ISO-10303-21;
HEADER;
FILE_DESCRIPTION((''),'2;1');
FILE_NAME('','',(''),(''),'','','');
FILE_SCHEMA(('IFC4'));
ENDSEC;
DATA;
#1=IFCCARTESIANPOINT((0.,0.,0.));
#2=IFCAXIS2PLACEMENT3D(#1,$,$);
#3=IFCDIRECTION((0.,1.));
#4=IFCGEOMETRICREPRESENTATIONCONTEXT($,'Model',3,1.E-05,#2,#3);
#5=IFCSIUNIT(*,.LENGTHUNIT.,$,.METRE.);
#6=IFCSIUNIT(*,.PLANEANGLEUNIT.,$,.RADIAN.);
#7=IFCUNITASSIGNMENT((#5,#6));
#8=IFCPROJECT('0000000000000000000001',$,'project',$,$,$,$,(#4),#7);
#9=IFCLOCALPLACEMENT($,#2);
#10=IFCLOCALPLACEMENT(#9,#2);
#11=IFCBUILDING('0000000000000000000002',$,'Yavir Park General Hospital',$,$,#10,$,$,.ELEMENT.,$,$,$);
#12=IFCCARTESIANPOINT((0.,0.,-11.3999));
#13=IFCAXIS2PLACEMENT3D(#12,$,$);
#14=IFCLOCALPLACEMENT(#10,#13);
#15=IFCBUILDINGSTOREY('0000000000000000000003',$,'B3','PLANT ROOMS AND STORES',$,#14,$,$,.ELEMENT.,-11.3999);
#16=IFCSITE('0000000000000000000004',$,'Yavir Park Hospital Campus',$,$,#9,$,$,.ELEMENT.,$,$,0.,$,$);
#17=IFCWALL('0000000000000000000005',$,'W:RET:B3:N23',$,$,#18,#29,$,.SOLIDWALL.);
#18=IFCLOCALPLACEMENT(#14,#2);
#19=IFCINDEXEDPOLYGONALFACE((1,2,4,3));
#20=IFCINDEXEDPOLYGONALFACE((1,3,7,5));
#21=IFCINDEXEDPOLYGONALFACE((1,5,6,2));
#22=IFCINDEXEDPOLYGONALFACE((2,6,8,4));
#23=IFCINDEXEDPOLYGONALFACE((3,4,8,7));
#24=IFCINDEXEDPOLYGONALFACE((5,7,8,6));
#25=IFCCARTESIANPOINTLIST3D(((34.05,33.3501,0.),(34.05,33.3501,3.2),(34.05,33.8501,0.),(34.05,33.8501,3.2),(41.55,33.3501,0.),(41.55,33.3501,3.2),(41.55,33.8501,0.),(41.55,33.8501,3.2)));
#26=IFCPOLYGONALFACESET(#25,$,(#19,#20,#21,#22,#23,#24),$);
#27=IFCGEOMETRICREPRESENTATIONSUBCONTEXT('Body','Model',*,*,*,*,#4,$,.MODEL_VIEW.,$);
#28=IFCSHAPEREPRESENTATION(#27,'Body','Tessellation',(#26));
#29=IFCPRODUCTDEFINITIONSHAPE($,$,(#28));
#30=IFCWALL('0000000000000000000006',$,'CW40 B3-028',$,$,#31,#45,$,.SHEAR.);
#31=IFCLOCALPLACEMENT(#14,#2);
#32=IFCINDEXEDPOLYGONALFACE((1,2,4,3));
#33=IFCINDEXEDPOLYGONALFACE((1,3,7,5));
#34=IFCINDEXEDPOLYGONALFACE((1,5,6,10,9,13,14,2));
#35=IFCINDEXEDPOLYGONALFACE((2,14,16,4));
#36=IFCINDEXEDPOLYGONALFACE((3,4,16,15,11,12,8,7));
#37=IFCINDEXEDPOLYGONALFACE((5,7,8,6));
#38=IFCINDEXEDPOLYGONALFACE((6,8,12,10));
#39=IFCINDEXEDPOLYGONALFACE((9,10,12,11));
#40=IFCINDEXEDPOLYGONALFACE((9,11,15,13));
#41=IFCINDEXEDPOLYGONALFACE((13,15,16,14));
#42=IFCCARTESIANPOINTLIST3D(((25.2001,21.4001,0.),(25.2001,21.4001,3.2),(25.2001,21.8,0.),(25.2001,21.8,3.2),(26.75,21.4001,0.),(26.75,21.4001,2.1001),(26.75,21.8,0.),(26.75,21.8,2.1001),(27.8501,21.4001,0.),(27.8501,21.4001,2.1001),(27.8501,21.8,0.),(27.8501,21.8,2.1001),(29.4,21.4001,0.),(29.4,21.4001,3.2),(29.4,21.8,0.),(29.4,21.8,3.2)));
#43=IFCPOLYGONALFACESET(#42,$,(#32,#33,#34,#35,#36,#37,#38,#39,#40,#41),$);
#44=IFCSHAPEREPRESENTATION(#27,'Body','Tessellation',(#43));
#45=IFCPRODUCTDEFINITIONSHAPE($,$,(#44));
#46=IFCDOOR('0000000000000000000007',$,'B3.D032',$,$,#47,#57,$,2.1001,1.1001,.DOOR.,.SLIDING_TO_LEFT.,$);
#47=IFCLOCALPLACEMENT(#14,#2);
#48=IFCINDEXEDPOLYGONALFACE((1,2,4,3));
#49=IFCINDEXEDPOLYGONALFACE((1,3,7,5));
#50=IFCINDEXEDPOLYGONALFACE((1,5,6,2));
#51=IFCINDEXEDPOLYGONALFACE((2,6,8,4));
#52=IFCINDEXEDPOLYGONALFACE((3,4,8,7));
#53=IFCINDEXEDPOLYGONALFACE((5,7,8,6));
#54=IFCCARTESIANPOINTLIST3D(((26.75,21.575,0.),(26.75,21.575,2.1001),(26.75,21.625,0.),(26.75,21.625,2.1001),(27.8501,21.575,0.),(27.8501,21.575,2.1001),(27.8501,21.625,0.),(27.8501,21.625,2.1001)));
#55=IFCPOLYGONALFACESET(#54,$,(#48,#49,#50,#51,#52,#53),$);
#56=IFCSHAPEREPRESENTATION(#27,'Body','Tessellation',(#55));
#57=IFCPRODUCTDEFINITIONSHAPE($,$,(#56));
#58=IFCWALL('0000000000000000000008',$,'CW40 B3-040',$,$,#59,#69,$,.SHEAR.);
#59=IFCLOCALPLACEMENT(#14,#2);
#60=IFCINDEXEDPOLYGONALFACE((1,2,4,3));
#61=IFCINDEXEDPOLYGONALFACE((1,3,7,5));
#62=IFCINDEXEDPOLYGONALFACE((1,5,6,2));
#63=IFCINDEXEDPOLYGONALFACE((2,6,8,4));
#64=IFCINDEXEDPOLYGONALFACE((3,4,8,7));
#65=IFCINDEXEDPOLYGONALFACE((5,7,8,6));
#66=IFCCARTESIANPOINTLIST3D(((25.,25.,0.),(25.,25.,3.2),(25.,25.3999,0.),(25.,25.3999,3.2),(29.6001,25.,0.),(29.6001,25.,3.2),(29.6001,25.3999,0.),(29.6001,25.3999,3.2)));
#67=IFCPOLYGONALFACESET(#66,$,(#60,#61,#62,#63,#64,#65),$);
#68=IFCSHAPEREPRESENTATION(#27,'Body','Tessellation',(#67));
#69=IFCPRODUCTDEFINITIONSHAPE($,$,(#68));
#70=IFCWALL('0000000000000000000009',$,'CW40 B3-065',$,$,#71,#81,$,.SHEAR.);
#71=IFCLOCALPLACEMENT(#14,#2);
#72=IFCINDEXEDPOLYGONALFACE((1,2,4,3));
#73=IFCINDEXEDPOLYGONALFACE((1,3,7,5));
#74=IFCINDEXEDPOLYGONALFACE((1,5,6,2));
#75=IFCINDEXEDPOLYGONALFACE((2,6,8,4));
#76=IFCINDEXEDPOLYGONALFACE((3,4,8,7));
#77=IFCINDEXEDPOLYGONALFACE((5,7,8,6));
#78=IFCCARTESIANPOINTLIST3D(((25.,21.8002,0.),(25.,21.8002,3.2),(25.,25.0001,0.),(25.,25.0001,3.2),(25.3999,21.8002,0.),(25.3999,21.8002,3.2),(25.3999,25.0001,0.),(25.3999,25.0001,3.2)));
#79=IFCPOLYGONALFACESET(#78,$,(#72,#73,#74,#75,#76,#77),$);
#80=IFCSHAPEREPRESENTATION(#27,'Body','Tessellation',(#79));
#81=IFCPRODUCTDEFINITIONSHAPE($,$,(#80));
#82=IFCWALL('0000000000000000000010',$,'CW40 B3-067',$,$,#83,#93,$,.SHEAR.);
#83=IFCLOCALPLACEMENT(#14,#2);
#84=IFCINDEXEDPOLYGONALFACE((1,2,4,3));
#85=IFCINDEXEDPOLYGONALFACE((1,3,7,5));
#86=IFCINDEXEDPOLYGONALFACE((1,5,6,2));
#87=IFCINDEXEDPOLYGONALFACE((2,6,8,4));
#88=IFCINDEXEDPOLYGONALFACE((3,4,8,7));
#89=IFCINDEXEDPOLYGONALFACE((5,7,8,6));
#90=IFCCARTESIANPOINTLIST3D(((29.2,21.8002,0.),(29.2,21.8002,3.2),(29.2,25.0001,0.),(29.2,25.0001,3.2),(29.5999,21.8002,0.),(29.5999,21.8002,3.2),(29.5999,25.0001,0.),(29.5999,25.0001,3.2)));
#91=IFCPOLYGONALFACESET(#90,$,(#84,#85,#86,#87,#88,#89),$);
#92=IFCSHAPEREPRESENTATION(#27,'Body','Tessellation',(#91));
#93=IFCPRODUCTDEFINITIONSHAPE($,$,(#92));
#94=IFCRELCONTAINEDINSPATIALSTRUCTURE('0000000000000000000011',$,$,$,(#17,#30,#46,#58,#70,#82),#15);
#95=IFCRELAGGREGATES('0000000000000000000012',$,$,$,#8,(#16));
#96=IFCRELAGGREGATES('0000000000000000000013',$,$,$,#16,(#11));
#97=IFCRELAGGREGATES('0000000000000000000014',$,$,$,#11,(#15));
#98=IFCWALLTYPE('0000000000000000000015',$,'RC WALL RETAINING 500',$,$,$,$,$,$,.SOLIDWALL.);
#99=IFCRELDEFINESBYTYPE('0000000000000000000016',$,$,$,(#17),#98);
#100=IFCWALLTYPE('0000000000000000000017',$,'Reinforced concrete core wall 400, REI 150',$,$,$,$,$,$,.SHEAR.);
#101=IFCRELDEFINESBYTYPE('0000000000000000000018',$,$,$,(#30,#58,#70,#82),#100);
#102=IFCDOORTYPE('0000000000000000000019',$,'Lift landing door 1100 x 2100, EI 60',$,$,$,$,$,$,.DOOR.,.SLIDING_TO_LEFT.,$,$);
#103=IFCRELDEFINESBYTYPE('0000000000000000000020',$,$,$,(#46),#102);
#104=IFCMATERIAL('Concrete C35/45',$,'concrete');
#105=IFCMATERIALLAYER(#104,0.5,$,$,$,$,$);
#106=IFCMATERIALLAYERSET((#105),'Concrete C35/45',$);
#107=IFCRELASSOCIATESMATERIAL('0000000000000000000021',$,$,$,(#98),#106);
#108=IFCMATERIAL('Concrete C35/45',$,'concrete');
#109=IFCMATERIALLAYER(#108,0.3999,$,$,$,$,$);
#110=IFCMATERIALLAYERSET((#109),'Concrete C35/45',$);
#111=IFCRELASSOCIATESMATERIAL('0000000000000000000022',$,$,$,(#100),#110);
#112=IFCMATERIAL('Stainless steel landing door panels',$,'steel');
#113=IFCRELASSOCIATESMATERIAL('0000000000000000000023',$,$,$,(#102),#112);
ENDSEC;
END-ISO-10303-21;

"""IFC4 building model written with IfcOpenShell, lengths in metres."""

from ifc_helpers import new_model, si_unit, direction, frame, frame_2d, origin, place, context, subcontext, project, spatial, rectangle, extrude, material, layer, layer_set, type_object, element, fill, save


model = new_model("IFC4")

# Units and contexts
model_context = context("Model", 3, precision=1e-05, world=origin(), true_north=direction((0.0, 1.0)))
body_context = subcontext(model_context, "Body", "Model", "MODEL_VIEW")
ifc_project = project(units=[si_unit("LENGTHUNIT", "METRE"), si_unit("PLANEANGLEUNIT", "RADIAN")], contexts=[model_context])

# Site, building, storey
site_placement = place(None, origin())
site = spatial("IfcSite", under=ifc_project, at=site_placement, Name="Yavir Park Hospital Campus", CompositionType="ELEMENT", RefElevation=0.0)
building_placement = place(site_placement, origin())
building = spatial("IfcBuilding", under=site, at=building_placement, Name="Yavir Park General Hospital", CompositionType="ELEMENT")
storey_placement = place(building_placement, frame((0.0, 0.0, -11.3999)))
storey = spatial("IfcBuildingStorey", under=building, at=storey_placement, Name="B3", Description="PLANT ROOMS AND STORES", CompositionType="ELEMENT", Elevation=-11.3999)

# Wall
ifc_material_1 = material(Name="Concrete C35/45", Category="concrete")
ifc_layer_1 = layer(ifc_material_1, 0.5)
ifc_layer_set_1 = layer_set([ifc_layer_1], Name="Concrete C35/45")
wall_type_1 = type_object("IfcWallType", Name="RC WALL RETAINING 500", PredefinedType="SOLIDWALL", material=ifc_layer_set_1)
for number, where, z_axis, x_axis, name in (
    (1, (34.05, 33.6001, 0.0), (0.0, 0.0, 1.0), (1.0, 0.0, 0.0), "W:RET:B3:N23"),
):
    element("IfcWall", number, at=place(storey_placement, frame(where, z_axis=z_axis, x_axis=x_axis)), inside=storey, type_object=wall_type_1, Name=name, PredefinedType="SOLIDWALL", context=body_context, shape_type="SweptSolid", body=[
        extrude(rectangle(XDim=7.5, YDim=0.5, at=frame_2d((3.75, 0.0))), origin(), (0.0, 0.0, 1.0), 3.2),
    ])

# Wall, opening, door
ifc_material_2 = material(Name="Concrete C35/45", Category="concrete")
ifc_layer_2 = layer(ifc_material_2, 0.3999)
ifc_layer_set_2 = layer_set([ifc_layer_2], Name="Concrete C35/45")
wall_type_2 = type_object("IfcWallType", Name="Reinforced concrete core wall 400, REI 150", PredefinedType="SHEAR", material=ifc_layer_set_2)
wall_1_placement = place(storey_placement, frame((25.2, 21.6001, 0.0), z_axis=(0.0, 0.0, 1.0), x_axis=(1.0, 0.0, 0.0)))
wall_1 = element("IfcWall", 2, at=wall_1_placement, inside=storey, type_object=wall_type_2, Name="CW40 B3-028", PredefinedType="SHEAR", context=body_context, shape_type="SweptSolid", body=[
    extrude(rectangle(XDim=4.2, YDim=0.3999, at=frame_2d((2.1001, 0.0))), origin(), (0.0, 0.0, 1.0), 3.2),
])
opening_1_placement = place(wall_1_placement, frame((1.55, 0.0, 0.0)))
opening_1 = element("IfcOpeningElement", 3, at=opening_1_placement, cuts=wall_1, PredefinedType="OPENING", context=body_context, shape_type="SweptSolid", body=[
    extrude(rectangle(XDim=1.1001, YDim=2.1001, at=frame_2d((0.55, 1.05))), frame((0.0, 0.21, 0.0), z_axis=(0.0, -1.0, 0.0), x_axis=(1.0, 0.0, 0.0)), (0.0, 0.0, 1.0), 0.4199),
])
ifc_material_3 = material(Name="Stainless steel landing door panels", Category="steel")
door_type_1 = type_object("IfcDoorType", Name="Lift landing door 1100 x 2100, EI 60", OperationType="SLIDING_TO_LEFT", PredefinedType="DOOR", material=ifc_material_3)
door_1_placement = place(opening_1_placement, origin())
door_1 = element("IfcDoor", 4, at=door_1_placement, inside=storey, type_object=door_type_1, Name="B3.D032", OperationType="SLIDING_TO_LEFT", OverallHeight=2.1001, OverallWidth=1.1001, PredefinedType="DOOR", context=body_context, shape_type="SweptSolid", body=[
    extrude(rectangle(XDim=1.1001, YDim=2.1001, at=frame_2d((0.55, 1.05))), frame((0.0, 0.0249, 0.0), z_axis=(0.0, -1.0, 0.0), x_axis=(1.0, 0.0, 0.0)), (0.0, 0.0, 1.0), 0.05),
])
fill(opening_1, door_1)

# Walls
wall_2_placement = place(storey_placement, frame((25.0, 25.2, 0.0), z_axis=(0.0, 0.0, 1.0), x_axis=(1.0, 0.0, 0.0)))
element("IfcWall", 5, at=wall_2_placement, inside=storey, type_object=wall_type_2, Name="CW40 B3-040", PredefinedType="SHEAR", context=body_context, shape_type="SweptSolid", body=[
    extrude(rectangle(XDim=4.6001, YDim=0.3999, at=frame_2d((2.3, 0.0))), origin(), (0.0, 0.0, 1.0), 3.2),
])
for number, where, z_axis, x_axis, name in (
    (6, (25.2, 21.8, 0.0), (0.0, 0.0, 1.0), (0.0, 1.0, 0.0), "CW40 B3-065"),
    (7, (29.3999, 21.8, 0.0), (0.0, 0.0, 1.0), (0.0, 1.0, 0.0), "CW40 B3-067"),
):
    element("IfcWall", number, at=place(storey_placement, frame(where, z_axis=z_axis, x_axis=x_axis)), inside=storey, type_object=wall_type_2, Name=name, PredefinedType="SHEAR", context=body_context, shape_type="SweptSolid", body=[
        extrude(rectangle(XDim=3.2, YDim=0.3999, at=frame_2d((1.6001, 0.0))), origin(), (0.0, 0.0, 1.0), 3.2),
    ])

save(model, "model.ifc")
